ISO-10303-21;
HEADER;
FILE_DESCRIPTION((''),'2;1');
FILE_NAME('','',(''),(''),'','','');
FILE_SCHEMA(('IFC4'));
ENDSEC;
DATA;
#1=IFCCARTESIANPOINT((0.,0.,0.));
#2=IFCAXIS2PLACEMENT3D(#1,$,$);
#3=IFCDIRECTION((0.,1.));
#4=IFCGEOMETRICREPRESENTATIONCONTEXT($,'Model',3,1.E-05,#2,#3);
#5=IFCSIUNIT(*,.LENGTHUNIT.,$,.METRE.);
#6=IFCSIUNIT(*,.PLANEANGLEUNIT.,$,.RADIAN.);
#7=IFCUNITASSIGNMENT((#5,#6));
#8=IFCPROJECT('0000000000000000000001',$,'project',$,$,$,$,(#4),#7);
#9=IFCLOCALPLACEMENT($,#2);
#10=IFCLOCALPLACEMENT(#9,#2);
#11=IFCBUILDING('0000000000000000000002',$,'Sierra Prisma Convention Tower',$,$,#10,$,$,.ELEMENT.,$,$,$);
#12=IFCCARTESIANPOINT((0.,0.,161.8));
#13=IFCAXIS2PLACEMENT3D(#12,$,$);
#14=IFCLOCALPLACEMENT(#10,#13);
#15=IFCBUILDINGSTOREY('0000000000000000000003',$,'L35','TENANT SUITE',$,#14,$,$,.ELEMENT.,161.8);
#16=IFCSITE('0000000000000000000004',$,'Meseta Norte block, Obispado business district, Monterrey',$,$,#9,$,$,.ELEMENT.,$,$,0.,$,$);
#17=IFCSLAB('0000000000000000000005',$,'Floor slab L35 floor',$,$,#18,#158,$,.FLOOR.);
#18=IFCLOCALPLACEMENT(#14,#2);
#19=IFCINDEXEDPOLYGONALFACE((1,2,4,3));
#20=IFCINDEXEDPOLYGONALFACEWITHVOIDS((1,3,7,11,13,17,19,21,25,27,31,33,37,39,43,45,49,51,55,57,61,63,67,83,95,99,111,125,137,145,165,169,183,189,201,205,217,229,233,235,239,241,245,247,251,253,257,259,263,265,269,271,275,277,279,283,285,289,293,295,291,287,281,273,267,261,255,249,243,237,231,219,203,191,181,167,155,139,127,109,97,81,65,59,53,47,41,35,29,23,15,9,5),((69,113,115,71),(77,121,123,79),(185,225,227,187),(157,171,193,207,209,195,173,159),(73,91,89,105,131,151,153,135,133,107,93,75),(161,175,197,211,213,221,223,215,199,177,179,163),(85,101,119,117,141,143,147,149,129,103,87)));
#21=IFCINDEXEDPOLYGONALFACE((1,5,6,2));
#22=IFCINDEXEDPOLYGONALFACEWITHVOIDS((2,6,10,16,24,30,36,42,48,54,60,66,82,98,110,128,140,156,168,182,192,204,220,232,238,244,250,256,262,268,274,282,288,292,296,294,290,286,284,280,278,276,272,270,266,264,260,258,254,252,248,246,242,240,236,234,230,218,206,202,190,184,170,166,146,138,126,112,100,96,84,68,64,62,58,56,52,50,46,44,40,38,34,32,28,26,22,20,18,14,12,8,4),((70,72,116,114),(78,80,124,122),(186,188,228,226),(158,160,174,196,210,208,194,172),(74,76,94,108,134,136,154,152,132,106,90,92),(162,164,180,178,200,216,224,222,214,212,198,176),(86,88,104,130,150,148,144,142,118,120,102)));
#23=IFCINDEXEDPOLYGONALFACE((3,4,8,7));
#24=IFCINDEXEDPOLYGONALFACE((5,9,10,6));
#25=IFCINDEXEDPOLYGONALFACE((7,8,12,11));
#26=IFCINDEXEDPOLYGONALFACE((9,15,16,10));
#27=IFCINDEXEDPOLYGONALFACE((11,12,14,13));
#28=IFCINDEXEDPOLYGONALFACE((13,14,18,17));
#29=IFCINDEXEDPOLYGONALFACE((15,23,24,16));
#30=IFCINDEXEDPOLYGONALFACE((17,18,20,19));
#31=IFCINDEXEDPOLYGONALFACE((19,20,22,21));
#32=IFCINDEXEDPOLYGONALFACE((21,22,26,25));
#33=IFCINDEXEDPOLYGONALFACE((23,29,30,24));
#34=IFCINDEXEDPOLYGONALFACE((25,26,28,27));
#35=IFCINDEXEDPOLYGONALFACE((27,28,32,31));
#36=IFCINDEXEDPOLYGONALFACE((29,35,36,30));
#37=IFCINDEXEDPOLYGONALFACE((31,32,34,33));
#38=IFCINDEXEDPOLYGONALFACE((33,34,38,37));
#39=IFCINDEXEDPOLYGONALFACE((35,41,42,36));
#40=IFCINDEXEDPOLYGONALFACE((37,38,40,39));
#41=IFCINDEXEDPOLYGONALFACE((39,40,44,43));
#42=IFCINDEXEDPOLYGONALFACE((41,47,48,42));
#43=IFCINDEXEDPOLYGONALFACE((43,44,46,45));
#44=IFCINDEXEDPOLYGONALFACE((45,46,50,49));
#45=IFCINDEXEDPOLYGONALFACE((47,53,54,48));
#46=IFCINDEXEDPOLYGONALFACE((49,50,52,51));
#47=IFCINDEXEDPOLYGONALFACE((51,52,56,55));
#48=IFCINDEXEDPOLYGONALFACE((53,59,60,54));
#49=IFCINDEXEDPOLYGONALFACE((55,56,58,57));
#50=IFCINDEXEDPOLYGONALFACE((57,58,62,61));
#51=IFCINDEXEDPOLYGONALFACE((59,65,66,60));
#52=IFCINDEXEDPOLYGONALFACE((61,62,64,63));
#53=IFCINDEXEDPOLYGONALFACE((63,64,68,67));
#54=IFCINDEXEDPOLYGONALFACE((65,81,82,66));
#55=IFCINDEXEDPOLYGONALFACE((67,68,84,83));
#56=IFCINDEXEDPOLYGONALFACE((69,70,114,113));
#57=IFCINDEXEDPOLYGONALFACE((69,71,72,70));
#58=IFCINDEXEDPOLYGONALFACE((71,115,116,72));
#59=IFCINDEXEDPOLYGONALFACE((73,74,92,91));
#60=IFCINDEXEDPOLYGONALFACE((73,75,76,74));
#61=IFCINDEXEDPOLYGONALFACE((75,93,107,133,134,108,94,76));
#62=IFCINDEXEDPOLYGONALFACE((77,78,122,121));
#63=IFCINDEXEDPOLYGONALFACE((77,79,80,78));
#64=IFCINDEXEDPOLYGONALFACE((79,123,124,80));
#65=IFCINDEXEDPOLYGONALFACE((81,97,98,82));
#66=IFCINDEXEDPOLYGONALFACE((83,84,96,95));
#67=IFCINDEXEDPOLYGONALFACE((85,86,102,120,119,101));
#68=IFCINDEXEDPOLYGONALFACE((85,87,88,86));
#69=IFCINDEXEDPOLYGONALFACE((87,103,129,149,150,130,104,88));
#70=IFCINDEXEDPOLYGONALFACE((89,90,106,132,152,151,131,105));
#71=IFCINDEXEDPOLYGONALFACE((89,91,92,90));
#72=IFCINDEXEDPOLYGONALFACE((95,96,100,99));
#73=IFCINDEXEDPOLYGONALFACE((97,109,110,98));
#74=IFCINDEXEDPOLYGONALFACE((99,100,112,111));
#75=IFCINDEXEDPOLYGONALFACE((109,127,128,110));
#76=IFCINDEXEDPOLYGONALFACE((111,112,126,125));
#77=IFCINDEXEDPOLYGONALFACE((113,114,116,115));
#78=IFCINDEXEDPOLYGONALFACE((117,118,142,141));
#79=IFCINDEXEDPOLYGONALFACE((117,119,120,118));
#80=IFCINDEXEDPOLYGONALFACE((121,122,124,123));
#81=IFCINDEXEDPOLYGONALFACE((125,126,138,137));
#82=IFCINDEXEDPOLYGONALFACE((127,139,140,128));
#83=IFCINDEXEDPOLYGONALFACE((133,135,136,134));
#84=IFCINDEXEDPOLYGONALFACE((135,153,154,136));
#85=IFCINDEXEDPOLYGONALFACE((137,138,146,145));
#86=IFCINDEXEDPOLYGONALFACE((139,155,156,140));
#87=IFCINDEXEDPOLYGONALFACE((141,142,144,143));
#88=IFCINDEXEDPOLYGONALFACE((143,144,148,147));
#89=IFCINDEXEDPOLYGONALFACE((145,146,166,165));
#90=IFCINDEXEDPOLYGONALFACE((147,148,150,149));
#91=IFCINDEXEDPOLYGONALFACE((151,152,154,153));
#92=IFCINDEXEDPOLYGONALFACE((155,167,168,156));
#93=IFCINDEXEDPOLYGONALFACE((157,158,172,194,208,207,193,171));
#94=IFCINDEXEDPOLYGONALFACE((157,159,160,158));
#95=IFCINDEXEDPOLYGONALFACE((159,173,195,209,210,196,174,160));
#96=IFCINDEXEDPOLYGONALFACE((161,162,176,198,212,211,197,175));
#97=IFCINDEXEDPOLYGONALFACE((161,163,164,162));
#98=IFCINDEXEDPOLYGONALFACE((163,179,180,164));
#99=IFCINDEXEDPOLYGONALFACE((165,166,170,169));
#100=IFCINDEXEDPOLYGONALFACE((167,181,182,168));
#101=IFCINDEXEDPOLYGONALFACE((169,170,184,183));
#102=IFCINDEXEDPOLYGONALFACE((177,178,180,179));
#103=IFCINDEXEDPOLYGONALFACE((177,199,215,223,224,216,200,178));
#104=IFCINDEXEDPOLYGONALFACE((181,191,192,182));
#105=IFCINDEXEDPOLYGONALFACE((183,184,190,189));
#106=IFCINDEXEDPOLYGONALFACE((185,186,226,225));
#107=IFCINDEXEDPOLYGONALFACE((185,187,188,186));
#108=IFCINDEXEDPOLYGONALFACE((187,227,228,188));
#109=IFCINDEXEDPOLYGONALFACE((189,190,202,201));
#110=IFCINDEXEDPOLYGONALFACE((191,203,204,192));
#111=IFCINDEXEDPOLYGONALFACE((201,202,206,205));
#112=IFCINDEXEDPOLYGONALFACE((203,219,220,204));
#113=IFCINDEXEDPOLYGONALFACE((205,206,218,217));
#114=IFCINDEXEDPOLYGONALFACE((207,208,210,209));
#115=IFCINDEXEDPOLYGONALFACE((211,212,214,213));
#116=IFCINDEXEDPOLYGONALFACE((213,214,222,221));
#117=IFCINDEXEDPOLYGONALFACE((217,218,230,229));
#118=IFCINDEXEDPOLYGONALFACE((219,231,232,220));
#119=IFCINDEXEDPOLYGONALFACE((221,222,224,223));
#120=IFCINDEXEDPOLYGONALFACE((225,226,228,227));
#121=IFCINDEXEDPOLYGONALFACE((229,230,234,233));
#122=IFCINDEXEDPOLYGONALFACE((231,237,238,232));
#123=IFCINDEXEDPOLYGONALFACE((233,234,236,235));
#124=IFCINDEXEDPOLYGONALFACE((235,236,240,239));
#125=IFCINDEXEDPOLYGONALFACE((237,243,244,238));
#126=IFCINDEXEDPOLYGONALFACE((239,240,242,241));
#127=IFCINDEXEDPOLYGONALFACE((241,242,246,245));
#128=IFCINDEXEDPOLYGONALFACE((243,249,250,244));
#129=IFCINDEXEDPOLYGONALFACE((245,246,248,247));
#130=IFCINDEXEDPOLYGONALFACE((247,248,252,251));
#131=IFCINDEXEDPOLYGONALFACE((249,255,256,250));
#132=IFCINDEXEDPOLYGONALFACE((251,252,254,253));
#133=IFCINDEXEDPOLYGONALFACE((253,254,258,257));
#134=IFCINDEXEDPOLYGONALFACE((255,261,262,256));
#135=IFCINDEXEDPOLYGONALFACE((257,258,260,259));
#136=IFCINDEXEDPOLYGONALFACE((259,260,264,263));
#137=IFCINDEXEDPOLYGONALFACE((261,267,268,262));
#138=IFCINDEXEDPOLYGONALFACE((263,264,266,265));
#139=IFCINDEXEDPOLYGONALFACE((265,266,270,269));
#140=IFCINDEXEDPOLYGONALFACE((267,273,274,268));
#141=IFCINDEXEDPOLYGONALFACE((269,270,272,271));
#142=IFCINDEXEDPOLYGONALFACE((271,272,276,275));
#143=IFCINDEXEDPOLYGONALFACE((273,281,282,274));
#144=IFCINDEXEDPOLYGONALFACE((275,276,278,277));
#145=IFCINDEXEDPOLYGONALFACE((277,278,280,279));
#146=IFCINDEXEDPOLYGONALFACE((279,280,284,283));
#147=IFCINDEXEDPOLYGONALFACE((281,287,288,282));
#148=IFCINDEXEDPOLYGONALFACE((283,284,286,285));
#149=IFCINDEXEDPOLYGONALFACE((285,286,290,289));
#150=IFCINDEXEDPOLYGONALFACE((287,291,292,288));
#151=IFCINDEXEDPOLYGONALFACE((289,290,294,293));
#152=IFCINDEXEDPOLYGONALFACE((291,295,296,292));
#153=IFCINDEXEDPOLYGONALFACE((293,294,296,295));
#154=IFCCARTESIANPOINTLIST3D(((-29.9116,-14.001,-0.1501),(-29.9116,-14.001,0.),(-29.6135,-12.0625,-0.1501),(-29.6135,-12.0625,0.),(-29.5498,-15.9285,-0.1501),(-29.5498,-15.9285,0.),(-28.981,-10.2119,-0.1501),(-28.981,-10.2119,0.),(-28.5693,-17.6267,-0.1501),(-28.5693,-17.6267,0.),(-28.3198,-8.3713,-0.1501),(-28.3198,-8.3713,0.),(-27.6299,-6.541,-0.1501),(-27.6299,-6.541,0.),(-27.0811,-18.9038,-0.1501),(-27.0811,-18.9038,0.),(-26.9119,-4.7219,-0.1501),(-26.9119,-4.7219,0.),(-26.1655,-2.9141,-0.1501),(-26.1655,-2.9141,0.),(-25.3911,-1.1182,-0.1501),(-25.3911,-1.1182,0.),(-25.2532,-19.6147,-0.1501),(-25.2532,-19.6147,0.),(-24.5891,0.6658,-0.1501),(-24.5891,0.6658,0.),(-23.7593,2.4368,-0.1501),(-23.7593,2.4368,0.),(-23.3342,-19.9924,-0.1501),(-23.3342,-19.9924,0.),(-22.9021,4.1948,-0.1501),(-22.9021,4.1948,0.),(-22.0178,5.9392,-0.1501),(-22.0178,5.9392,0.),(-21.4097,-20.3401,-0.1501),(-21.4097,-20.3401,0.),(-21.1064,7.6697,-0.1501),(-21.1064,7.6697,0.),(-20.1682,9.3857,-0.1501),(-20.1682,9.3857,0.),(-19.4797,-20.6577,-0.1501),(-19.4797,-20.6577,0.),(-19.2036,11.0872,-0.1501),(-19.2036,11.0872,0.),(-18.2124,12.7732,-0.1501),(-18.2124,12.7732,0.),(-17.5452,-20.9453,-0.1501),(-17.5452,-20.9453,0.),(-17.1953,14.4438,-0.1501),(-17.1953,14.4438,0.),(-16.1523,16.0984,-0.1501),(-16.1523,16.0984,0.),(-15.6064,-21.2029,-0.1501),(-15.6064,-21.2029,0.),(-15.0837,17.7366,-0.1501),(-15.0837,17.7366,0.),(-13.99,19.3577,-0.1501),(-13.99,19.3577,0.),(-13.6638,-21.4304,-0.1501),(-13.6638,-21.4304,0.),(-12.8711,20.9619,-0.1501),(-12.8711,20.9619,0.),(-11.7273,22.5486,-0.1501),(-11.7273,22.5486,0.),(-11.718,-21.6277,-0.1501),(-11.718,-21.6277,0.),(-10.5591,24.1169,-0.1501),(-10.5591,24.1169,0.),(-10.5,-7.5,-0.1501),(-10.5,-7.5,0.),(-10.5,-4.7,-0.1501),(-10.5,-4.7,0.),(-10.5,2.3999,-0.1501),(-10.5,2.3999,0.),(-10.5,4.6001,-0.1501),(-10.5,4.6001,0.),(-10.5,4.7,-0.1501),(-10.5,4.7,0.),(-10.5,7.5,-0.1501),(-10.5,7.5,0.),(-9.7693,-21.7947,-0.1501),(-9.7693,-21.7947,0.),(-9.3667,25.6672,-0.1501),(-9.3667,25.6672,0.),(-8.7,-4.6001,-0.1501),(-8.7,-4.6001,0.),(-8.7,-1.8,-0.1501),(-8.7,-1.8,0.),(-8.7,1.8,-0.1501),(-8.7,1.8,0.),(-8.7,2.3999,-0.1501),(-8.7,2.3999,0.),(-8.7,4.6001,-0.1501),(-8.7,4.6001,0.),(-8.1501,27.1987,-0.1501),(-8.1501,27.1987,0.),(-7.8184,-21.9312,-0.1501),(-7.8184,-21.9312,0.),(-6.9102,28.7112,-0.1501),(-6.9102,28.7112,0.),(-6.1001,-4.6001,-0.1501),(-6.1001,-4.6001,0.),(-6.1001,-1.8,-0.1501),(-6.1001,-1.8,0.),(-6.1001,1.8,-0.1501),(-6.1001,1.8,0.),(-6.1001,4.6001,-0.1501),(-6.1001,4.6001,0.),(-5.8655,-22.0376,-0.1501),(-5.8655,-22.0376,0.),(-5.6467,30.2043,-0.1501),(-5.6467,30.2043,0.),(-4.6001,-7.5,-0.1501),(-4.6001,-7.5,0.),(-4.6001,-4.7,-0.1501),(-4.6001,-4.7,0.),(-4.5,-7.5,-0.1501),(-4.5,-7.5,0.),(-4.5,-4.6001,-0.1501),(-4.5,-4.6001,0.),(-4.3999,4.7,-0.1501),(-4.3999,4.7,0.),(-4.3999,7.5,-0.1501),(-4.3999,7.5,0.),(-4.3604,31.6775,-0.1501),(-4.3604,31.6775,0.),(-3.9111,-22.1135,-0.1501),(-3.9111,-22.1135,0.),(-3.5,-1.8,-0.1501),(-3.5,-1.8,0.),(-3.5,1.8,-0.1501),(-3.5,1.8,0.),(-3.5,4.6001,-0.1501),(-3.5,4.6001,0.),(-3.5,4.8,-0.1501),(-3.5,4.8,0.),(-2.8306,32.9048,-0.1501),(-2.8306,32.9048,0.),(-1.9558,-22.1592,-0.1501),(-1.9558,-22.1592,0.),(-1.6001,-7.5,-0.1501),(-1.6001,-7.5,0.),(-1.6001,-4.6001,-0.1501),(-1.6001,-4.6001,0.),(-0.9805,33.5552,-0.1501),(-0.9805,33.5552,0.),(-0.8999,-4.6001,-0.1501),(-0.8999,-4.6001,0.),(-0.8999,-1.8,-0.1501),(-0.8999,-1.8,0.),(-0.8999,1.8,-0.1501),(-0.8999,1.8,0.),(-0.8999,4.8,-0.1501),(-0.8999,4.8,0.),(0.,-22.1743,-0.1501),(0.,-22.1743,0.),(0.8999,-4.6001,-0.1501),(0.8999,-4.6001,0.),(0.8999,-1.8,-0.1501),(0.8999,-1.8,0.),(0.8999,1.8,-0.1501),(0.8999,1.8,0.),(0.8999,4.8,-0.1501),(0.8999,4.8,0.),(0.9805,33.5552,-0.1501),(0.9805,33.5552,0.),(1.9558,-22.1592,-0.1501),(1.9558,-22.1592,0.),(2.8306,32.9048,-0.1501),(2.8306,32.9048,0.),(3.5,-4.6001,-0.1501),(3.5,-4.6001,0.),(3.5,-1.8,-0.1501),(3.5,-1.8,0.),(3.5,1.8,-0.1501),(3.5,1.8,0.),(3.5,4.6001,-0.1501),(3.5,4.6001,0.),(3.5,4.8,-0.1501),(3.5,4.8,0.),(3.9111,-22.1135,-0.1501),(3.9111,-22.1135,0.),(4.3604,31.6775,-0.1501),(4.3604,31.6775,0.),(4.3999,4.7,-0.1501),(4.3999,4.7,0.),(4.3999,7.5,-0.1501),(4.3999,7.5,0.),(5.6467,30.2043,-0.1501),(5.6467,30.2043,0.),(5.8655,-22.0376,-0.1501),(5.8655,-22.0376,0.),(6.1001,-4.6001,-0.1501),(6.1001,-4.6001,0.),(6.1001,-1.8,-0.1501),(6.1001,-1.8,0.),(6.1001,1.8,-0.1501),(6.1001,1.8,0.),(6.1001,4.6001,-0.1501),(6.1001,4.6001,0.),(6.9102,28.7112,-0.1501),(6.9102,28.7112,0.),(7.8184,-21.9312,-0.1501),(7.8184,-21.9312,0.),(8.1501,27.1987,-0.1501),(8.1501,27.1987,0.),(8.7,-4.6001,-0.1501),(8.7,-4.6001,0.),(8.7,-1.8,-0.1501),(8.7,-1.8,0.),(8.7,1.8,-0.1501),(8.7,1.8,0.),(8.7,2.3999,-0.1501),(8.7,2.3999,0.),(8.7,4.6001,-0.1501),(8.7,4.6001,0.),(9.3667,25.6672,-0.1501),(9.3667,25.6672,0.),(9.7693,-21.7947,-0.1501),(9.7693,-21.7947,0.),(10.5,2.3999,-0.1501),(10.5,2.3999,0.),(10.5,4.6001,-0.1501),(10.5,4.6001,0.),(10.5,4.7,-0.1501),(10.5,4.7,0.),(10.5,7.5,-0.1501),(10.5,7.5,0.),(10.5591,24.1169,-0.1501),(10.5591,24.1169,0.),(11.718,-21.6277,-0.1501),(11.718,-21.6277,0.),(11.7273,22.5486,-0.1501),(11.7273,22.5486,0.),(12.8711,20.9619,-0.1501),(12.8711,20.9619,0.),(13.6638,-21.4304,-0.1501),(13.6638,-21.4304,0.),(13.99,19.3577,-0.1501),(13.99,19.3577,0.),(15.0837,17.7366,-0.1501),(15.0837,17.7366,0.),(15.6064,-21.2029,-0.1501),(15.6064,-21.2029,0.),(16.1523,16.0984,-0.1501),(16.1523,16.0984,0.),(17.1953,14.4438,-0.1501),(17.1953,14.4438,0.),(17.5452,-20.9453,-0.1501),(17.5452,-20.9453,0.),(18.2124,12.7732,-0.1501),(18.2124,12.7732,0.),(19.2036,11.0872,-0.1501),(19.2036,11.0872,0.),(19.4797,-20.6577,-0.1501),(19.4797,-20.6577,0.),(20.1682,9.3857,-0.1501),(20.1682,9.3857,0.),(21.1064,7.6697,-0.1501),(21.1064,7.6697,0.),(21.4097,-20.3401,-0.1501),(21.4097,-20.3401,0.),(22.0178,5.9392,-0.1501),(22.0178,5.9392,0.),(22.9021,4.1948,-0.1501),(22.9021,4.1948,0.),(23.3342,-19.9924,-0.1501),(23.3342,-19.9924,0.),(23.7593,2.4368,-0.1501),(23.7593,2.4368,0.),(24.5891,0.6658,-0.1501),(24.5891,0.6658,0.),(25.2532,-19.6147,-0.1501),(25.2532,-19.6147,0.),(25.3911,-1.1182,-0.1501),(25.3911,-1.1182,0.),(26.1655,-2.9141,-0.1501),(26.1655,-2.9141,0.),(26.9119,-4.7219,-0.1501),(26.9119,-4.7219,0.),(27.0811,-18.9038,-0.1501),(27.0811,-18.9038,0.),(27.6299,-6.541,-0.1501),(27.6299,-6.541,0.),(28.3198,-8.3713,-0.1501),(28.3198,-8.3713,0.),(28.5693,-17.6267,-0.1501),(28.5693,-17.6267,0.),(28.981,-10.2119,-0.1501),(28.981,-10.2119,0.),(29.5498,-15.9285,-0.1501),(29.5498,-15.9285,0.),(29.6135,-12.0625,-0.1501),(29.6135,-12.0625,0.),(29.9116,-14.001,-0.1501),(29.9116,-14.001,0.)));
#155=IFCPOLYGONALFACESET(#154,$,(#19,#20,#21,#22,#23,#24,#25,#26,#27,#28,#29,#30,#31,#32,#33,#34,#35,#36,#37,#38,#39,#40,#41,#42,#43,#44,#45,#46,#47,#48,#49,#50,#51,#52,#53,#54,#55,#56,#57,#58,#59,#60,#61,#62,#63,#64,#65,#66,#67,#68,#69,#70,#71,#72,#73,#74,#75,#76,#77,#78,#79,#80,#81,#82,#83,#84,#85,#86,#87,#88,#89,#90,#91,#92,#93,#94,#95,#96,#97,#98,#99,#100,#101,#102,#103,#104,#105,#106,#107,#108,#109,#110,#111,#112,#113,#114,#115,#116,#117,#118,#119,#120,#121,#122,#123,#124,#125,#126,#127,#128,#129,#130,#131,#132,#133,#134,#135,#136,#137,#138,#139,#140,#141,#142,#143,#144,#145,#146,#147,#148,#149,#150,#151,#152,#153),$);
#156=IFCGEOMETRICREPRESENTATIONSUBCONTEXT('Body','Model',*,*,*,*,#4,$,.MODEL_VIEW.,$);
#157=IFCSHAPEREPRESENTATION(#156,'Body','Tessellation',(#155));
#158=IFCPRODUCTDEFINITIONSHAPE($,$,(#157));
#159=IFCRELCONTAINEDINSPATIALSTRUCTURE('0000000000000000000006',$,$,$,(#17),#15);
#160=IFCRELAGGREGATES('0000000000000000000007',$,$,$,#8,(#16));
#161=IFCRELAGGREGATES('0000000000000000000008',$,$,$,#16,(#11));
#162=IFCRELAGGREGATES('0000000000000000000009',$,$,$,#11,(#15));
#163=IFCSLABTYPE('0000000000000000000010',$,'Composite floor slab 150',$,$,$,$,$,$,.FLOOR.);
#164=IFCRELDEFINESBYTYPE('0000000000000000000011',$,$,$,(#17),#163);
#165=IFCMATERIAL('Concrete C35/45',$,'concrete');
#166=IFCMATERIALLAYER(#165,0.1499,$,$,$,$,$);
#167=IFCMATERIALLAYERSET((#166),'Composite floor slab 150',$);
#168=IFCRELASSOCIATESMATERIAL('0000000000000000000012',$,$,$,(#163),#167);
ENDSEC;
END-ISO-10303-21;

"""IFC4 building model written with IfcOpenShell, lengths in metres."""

from ifc_helpers import new_model, si_unit, direction, frame, origin, place, context, subcontext, project, spatial, polyline, outline, extrude, material, layer, layer_set, type_object, element, save


model = new_model("IFC4")

# Units and contexts
model_context = context("Model", 3, precision=1e-05, world=origin(), true_north=direction((0.0, 1.0)))
body_context = subcontext(model_context, "Body", "Model", "MODEL_VIEW")
ifc_project = project(units=[si_unit("LENGTHUNIT", "METRE"), si_unit("PLANEANGLEUNIT", "RADIAN")], contexts=[model_context])

# Site, building, storey
site_placement = place(None, origin())
site = spatial("IfcSite", under=ifc_project, at=site_placement, Name="Meseta Norte block, Obispado business district, Monterrey", CompositionType="ELEMENT", RefElevation=0.0)
building_placement = place(site_placement, origin())
building = spatial("IfcBuilding", under=site, at=building_placement, Name="Sierra Prisma Convention Tower", CompositionType="ELEMENT")
storey_placement = place(building_placement, frame((0.0, 0.0, 161.8)))
storey = spatial("IfcBuildingStorey", under=building, at=storey_placement, Name="L35", Description="TENANT SUITE", CompositionType="ELEMENT", Elevation=161.8)

# Slab
ifc_material_1 = material(Name="Concrete C35/45", Category="concrete")
ifc_layer_1 = layer(ifc_material_1, 0.1499)
ifc_layer_set_1 = layer_set([ifc_layer_1], Name="Composite floor slab 150")
slab_type = type_object("IfcSlabType", Name="Composite floor slab 150", PredefinedType="FLOOR", material=ifc_layer_set_1)
slab_placement = place(storey_placement, frame((0.0, 0.0, -0.1501)))
element("IfcSlab", 1, at=slab_placement, inside=storey, type_object=slab_type, Name="Floor slab L35 floor", PredefinedType="FLOOR", context=body_context, shape_type="SweptSolid", body=[
    extrude(outline(polyline([(-25.2532, -19.6147), (-23.3342, -19.9924), (-21.4097, -20.3401), (-19.4797, -20.6577), (-17.5452, -20.9453), (-15.6064, -21.2029), (-13.6638, -21.4304), (-11.718, -21.6277), (-9.7693, -21.7947), (-7.8184, -21.9312), (-5.8655, -22.0376), (-3.9111, -22.1135), (-1.9558, -22.1592), (0.0, -22.1743), (1.9558, -22.1592), (3.9111, -22.1135), (5.8655, -22.0376), (7.8184, -21.9312), (9.7693, -21.7947), (11.718, -21.6277), (13.6638, -21.4304), (15.6064, -21.2029), (17.5452, -20.9453), (19.4797, -20.6577), (21.4097, -20.3401), (23.3342, -19.9924), (25.2532, -19.6147), (27.0811, -18.9038), (28.5693, -17.6267), (29.5498, -15.9285), (29.9116, -14.001), (29.6135, -12.0625), (28.981, -10.2119), (28.3198, -8.3713), (27.6299, -6.541), (26.9119, -4.7219), (26.1655, -2.9141), (25.3911, -1.1182), (24.5891, 0.6658), (23.7593, 2.4368), (22.9021, 4.1948), (22.0178, 5.9392), (21.1064, 7.6697), (20.1682, 9.3857), (19.2036, 11.0872), (18.2124, 12.7732), (17.1953, 14.4438), (16.1523, 16.0984), (15.0837, 17.7366), (13.99, 19.3577), (12.8711, 20.9619), (11.7273, 22.5486), (10.5591, 24.1169), (9.3667, 25.6672), (8.1501, 27.1987), (6.9102, 28.7112), (5.6467, 30.2043), (4.3604, 31.6775), (2.8306, 32.9048), (0.9805, 33.5552), (-0.9805, 33.5552), (-2.8306, 32.9048), (-4.3604, 31.6775), (-5.6467, 30.2043), (-6.9102, 28.7112), (-8.1501, 27.1987), (-9.3667, 25.6672), (-10.5591, 24.1169), (-11.7273, 22.5486), (-12.8711, 20.9619), (-13.99, 19.3577), (-15.0837, 17.7366), (-16.1523, 16.0984), (-17.1953, 14.4438), (-18.2124, 12.7732), (-19.2036, 11.0872), (-20.1682, 9.3857), (-21.1064, 7.6697), (-22.0178, 5.9392), (-22.9021, 4.1948), (-23.7593, 2.4368), (-24.5891, 0.6658), (-25.3911, -1.1182), (-26.1655, -2.9141), (-26.9119, -4.7219), (-27.6299, -6.541), (-28.3198, -8.3713), (-28.981, -10.2119), (-29.6135, -12.0625), (-29.9116, -14.001), (-29.5498, -15.9285), (-28.5693, -17.6267), (-27.0811, -18.9038), (-25.2532, -19.6147)]), holes=[polyline([(-4.6001, -7.5), (-10.5, -7.5), (-10.5, -4.7), (-4.6001, -4.7), (-4.6001, -7.5)]), polyline([(-8.7, -4.6001), (-8.7, -1.8), (-6.1001, -1.8), (-3.5, -1.8), (-0.8999, -1.8), (-0.8999, -4.6001), (-1.6001, -4.6001), (-1.6001, -7.5), (-4.5, -7.5), (-4.5, -4.6001), (-6.1001, -4.6001), (-8.7, -4.6001)]), polyline([(-10.5, 4.6001), (-8.7, 4.6001), (-6.1001, 4.6001), (-3.5, 4.6001), (-3.5, 4.8), (-0.8999, 4.8), (-0.8999, 1.8), (-3.5, 1.8), (-6.1001, 1.8), (-8.7, 1.8), (-8.7, 2.3999), (-10.5, 2.3999), (-10.5, 4.6001)]), polyline([(-10.5, 4.7), (-10.5, 7.5), (-4.3999, 7.5), (-4.3999, 4.7), (-10.5, 4.7)]), polyline([(6.1001, -1.8), (8.7, -1.8), (8.7, -4.6001), (6.1001, -4.6001), (3.5, -4.6001), (0.8999, -4.6001), (0.8999, -1.8), (3.5, -1.8), (6.1001, -1.8)]), polyline([(8.7, 4.6001), (10.5, 4.6001), (10.5, 2.3999), (8.7, 2.3999), (8.7, 1.8), (6.1001, 1.8), (3.5, 1.8), (0.8999, 1.8), (0.8999, 4.8), (3.5, 4.8), (3.5, 4.6001), (6.1001, 4.6001), (8.7, 4.6001)]), polyline([(4.3999, 4.7), (4.3999, 7.5), (10.5, 7.5), (10.5, 4.7), (4.3999, 4.7)])]), origin(), (0.0, 0.0, 1.0), 0.1501),
])

save(model, "model.ifc")
